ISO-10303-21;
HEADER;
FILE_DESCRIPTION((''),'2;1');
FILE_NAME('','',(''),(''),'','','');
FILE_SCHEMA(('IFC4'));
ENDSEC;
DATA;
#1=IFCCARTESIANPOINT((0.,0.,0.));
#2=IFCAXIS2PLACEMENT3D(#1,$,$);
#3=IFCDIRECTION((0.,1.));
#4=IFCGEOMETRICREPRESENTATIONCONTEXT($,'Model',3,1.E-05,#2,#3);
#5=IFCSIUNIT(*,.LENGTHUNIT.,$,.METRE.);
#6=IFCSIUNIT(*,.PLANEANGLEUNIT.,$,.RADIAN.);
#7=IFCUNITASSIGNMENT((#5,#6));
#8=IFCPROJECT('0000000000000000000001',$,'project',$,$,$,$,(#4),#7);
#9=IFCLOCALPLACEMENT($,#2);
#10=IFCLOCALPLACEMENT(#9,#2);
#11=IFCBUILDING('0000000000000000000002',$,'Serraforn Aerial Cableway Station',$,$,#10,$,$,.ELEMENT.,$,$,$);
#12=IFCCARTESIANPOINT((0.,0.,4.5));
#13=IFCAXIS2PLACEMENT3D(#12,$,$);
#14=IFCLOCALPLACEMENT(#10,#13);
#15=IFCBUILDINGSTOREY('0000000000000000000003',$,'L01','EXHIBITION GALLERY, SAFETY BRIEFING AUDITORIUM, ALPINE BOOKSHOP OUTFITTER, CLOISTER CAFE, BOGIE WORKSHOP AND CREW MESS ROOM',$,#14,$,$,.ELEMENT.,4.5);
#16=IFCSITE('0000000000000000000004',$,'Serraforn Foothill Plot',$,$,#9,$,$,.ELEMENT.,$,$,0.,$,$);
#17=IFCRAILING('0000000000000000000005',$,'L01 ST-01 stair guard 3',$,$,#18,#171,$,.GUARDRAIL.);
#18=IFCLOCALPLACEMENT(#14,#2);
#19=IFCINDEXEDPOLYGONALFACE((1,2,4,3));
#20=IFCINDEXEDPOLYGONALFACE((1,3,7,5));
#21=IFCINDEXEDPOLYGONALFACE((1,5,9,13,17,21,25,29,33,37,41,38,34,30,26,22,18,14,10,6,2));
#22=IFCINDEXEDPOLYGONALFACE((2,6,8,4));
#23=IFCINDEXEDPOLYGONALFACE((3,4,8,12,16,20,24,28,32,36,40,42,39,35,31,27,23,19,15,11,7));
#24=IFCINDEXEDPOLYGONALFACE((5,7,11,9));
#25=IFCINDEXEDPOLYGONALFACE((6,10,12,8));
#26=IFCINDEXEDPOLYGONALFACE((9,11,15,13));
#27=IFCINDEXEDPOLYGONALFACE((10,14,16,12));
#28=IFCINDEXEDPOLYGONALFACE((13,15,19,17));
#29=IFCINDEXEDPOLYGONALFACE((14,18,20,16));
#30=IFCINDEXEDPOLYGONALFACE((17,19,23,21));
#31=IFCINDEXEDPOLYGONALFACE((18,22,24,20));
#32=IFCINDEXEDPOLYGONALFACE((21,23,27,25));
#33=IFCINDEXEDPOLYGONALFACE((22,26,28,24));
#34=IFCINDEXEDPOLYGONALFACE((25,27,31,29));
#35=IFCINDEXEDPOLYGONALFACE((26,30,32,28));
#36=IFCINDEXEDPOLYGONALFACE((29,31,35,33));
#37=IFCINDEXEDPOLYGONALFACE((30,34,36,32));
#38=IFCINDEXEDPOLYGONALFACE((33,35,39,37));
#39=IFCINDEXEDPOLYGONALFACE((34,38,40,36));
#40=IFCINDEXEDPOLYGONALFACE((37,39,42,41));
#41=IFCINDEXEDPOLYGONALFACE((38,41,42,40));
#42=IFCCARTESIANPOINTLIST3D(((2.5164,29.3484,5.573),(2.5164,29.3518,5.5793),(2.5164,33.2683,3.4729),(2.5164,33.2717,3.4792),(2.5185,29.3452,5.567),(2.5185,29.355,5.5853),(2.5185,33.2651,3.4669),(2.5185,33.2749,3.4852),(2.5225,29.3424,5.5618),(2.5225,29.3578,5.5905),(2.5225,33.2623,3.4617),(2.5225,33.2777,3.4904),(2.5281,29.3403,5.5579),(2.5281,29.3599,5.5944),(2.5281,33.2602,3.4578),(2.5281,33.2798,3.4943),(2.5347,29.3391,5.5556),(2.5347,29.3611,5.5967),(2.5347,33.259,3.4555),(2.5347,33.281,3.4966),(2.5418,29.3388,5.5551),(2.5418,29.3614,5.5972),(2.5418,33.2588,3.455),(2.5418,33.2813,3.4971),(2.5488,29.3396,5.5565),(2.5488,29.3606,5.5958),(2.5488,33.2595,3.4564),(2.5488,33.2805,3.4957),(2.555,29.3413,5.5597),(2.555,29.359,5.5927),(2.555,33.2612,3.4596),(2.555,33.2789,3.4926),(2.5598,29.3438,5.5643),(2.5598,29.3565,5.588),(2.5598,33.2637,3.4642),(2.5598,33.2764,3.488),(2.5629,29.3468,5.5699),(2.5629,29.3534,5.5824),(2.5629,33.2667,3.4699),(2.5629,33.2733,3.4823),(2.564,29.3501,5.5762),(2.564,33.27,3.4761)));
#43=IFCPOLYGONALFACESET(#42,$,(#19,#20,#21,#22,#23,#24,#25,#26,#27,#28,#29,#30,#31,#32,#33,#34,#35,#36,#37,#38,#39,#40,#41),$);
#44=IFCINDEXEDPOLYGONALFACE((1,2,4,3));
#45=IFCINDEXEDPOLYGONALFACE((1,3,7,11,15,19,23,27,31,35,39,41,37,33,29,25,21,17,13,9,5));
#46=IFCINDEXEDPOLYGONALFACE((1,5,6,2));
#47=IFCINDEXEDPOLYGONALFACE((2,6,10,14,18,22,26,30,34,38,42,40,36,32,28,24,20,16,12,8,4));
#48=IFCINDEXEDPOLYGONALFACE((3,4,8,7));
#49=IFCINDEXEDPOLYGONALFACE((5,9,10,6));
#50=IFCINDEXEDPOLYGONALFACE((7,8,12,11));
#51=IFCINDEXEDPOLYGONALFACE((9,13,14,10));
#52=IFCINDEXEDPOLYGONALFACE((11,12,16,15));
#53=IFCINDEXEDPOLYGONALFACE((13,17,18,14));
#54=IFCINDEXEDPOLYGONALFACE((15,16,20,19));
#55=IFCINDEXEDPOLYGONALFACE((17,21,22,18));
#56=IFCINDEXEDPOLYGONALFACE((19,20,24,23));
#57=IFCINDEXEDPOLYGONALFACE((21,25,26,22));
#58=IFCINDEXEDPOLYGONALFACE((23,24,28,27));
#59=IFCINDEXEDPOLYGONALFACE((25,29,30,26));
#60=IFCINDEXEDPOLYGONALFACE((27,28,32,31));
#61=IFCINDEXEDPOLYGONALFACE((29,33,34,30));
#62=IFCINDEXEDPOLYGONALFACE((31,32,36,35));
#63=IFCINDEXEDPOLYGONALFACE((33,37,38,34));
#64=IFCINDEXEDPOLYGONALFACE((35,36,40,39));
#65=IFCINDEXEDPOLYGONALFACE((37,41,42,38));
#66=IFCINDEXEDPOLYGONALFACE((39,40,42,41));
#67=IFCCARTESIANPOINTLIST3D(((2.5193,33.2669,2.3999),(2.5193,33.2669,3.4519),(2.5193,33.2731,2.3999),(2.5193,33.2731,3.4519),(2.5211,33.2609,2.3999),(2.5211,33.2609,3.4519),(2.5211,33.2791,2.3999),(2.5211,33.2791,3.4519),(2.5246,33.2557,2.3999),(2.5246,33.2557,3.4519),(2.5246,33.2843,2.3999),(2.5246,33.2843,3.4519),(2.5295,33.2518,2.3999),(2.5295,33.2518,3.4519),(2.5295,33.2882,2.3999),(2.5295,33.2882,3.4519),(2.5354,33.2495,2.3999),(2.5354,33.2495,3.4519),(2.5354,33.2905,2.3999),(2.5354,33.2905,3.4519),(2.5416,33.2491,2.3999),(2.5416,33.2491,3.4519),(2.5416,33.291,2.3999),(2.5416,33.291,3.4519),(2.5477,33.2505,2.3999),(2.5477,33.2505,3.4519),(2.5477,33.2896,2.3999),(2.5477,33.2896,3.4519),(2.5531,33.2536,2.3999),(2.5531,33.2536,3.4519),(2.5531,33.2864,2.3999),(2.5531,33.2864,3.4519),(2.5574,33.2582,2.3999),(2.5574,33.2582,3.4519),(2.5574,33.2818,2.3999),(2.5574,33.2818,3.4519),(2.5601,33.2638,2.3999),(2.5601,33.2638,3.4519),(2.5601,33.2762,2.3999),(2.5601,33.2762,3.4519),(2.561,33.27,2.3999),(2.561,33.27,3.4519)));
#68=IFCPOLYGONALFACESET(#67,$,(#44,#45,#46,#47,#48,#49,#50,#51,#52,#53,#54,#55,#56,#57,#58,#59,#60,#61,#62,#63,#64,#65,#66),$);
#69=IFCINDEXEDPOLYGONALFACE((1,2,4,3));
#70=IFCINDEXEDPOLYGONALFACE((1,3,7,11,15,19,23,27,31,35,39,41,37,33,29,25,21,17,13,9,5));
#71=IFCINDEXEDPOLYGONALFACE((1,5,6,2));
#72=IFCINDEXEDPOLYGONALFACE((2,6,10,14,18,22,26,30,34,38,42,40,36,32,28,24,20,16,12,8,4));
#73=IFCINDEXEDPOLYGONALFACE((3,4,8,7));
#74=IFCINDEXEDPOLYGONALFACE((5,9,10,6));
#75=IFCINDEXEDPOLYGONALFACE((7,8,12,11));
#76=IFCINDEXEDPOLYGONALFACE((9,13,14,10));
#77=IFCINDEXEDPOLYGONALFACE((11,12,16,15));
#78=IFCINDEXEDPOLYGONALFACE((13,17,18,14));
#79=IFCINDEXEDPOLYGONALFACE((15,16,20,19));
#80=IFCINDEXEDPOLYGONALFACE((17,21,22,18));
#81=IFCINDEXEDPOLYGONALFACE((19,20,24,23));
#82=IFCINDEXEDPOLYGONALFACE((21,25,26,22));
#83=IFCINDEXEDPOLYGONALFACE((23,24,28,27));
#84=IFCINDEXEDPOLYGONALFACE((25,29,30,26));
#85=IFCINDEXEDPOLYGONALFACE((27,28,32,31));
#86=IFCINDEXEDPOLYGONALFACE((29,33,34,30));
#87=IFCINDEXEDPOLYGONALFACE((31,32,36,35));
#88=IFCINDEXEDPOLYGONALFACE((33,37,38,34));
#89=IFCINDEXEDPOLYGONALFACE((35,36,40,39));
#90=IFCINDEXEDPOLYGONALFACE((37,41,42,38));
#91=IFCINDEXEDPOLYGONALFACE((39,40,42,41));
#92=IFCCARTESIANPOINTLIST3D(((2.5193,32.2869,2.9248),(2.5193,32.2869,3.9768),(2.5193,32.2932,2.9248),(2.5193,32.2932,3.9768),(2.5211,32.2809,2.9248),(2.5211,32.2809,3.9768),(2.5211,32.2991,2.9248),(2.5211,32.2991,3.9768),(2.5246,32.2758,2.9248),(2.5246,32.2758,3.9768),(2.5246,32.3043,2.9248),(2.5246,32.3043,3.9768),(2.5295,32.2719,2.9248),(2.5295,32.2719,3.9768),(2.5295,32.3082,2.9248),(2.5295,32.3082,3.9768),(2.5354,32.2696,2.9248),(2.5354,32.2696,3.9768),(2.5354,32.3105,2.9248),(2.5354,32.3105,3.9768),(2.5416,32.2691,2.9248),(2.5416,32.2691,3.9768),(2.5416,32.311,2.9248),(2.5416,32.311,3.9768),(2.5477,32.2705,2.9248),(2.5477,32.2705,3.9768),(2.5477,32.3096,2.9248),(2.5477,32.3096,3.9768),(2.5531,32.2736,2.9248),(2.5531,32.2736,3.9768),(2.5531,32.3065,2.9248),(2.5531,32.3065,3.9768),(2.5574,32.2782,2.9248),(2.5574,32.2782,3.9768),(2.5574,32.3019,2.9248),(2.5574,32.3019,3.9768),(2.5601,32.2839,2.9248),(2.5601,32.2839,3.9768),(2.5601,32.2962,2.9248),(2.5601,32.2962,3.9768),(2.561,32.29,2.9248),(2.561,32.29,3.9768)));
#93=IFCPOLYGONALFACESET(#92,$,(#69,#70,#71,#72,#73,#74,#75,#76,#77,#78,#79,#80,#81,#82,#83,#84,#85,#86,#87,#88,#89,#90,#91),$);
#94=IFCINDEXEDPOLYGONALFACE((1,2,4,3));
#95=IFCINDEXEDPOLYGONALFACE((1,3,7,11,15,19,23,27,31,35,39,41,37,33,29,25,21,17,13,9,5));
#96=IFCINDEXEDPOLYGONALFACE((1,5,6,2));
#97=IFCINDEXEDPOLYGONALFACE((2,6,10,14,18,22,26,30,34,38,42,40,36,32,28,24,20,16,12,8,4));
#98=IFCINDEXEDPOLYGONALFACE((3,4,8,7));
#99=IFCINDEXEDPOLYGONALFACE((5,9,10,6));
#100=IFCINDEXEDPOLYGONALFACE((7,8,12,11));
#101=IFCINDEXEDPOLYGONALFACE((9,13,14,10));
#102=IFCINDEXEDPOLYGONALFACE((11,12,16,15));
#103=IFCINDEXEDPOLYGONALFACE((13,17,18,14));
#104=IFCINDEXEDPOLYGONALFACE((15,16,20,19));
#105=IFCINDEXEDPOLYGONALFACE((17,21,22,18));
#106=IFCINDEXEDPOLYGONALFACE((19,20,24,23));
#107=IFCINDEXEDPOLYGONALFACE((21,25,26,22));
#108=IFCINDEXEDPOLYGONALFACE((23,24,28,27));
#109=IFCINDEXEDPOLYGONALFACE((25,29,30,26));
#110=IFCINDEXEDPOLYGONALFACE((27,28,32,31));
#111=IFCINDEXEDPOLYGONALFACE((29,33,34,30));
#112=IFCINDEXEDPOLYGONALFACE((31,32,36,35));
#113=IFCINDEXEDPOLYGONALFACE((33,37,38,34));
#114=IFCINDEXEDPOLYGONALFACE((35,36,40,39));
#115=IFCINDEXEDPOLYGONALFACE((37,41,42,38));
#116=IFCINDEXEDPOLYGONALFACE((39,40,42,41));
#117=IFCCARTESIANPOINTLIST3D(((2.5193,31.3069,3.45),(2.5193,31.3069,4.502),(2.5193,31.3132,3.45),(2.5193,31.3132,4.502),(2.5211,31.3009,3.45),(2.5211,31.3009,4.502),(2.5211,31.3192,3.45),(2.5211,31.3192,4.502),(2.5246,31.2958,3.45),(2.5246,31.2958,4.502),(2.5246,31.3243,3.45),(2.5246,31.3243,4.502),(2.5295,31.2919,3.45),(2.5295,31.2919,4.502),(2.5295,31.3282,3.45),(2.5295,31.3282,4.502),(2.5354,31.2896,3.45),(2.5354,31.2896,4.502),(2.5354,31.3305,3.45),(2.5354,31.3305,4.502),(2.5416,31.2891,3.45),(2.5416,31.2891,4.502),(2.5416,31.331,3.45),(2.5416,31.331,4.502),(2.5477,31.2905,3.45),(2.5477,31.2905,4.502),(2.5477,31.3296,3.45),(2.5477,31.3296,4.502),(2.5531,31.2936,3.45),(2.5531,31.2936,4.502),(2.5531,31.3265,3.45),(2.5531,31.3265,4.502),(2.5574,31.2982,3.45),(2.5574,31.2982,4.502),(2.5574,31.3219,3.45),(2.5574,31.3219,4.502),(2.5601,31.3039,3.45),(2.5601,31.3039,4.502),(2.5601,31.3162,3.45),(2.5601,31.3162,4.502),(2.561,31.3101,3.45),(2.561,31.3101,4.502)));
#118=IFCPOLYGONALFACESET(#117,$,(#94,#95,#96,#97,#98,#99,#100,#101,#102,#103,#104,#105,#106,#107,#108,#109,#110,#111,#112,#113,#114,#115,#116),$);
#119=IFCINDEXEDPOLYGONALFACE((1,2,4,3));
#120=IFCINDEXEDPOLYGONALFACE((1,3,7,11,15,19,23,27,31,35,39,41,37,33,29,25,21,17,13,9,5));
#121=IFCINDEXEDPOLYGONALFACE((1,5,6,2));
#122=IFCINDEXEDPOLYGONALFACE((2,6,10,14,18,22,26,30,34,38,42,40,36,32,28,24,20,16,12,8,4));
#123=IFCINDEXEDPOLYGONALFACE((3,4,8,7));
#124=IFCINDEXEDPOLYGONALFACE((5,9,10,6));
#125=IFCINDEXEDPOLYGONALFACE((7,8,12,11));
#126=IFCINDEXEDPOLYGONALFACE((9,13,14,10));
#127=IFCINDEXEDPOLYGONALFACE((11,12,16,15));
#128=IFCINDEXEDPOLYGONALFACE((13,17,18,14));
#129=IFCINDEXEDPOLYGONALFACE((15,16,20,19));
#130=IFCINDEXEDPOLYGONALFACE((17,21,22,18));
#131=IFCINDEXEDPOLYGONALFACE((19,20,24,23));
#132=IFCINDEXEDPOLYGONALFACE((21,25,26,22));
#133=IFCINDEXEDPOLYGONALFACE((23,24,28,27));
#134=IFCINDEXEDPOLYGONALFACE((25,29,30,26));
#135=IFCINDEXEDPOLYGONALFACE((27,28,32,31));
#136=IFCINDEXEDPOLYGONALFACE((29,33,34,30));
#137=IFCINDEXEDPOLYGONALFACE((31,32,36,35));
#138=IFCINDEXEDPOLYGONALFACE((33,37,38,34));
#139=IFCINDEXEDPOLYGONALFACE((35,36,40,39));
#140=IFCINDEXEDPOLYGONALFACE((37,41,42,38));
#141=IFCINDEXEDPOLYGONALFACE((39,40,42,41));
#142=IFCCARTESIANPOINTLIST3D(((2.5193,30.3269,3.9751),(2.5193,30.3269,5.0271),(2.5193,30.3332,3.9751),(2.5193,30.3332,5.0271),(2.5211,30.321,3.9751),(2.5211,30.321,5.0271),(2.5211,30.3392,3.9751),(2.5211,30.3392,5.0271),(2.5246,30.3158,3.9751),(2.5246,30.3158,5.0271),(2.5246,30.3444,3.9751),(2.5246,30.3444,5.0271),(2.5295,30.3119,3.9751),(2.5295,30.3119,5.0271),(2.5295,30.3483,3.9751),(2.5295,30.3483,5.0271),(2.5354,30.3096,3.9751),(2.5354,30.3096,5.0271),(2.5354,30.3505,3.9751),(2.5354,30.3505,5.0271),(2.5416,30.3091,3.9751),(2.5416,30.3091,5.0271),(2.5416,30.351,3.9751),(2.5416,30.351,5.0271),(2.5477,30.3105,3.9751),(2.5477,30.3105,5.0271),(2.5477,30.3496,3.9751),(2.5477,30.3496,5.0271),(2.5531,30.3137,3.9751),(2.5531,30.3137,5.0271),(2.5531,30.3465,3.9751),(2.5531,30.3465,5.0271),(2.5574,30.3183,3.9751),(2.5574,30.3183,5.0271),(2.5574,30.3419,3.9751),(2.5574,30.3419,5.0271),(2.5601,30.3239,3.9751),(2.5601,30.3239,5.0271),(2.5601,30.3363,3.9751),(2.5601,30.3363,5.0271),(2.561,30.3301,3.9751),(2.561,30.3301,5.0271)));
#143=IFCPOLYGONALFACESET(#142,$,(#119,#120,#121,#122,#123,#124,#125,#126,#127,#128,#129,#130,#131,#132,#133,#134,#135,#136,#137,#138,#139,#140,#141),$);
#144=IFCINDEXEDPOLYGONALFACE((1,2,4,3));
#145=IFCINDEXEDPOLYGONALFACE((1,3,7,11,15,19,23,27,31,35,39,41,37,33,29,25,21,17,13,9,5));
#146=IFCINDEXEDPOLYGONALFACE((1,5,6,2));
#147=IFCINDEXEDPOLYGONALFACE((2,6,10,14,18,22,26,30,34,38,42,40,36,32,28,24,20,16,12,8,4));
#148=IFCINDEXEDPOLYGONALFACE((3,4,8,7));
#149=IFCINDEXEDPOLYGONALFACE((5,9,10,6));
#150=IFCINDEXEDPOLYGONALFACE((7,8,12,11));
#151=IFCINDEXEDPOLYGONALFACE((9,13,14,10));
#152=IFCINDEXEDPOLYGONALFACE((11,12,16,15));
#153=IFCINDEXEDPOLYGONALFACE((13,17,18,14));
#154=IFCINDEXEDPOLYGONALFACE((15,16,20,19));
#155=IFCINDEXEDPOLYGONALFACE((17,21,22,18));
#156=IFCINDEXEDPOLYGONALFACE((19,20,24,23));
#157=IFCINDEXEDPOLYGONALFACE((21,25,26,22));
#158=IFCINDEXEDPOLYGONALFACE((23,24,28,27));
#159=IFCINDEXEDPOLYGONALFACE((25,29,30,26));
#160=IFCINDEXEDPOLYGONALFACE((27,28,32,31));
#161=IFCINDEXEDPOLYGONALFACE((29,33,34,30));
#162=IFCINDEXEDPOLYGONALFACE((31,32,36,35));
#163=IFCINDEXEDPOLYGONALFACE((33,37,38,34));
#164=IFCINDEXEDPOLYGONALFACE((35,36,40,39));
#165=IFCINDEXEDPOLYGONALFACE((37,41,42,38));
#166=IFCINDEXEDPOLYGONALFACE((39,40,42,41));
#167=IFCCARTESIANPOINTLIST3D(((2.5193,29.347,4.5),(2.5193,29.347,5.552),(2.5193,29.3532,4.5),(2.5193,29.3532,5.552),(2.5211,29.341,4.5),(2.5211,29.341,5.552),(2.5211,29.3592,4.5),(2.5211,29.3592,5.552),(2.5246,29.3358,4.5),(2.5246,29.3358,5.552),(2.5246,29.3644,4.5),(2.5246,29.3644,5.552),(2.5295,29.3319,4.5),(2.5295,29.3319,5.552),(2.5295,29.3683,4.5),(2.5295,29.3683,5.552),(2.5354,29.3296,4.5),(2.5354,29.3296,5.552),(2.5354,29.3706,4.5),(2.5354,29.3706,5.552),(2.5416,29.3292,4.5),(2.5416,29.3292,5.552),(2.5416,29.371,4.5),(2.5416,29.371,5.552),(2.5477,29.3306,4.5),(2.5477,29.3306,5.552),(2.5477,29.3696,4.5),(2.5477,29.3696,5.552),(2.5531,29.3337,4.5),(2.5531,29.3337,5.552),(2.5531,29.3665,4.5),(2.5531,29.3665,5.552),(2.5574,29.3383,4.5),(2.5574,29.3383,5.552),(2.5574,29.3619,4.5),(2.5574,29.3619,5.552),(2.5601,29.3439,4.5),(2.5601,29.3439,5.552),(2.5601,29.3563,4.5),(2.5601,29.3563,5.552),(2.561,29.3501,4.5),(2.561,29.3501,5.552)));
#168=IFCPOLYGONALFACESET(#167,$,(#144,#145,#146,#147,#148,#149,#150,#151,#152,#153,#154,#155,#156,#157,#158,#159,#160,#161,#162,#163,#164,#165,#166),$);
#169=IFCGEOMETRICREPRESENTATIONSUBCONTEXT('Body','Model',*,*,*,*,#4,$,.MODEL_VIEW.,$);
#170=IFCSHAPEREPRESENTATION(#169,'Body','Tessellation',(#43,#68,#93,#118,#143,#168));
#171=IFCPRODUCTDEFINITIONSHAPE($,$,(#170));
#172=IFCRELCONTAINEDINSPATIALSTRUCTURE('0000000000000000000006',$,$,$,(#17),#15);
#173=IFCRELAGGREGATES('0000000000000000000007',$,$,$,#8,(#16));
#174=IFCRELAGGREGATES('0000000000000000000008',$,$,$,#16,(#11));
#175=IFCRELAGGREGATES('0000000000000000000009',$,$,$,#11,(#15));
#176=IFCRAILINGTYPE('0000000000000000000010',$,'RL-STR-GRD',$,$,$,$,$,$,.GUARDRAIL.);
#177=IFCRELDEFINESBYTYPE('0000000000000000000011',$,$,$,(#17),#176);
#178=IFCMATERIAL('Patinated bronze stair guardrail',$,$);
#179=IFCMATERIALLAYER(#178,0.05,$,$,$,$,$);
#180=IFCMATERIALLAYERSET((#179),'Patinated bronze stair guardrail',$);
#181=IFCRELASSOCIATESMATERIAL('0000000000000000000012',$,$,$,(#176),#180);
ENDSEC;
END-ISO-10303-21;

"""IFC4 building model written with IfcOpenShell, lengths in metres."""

from ifc_helpers import new_model, si_unit, direction, frame, origin, origin_2d, place, context, subcontext, project, spatial, circle, extrude, material, layer, layer_set, type_object, element, save


model = new_model("IFC4")

# Units and contexts
model_context = context("Model", 3, precision=1e-05, world=origin(), true_north=direction((0.0, 1.0)))
body_context = subcontext(model_context, "Body", "Model", "MODEL_VIEW")
ifc_project = project(units=[si_unit("LENGTHUNIT", "METRE"), si_unit("PLANEANGLEUNIT", "RADIAN")], contexts=[model_context])

# Site, building, storey
site_placement = place(None, origin())
site = spatial("IfcSite", under=ifc_project, at=site_placement, Name="Serraforn Foothill Plot", CompositionType="ELEMENT", RefElevation=0.0)
building_placement = place(site_placement, origin())
building = spatial("IfcBuilding", under=site, at=building_placement, Name="Serraforn Aerial Cableway Station", CompositionType="ELEMENT")
storey_placement = place(building_placement, frame((0.0, 0.0, 4.5)))
storey = spatial("IfcBuildingStorey", under=building, at=storey_placement, Name="L01", Description="EXHIBITION GALLERY, SAFETY BRIEFING AUDITORIUM, ALPINE BOOKSHOP OUTFITTER, CLOISTER CAFE, BOGIE WORKSHOP AND CREW MESS ROOM", CompositionType="ELEMENT", Elevation=4.5)

# Railing
ifc_material_1 = material(Name="Patinated bronze stair guardrail")
ifc_layer_1 = layer(ifc_material_1, 0.05)
ifc_layer_set_1 = layer_set([ifc_layer_1], Name="Patinated bronze stair guardrail")
railing_type_1 = type_object("IfcRailingType", Name="RL-STR-GRD", PredefinedType="GUARDRAIL", material=ifc_layer_set_1)
railing_1_placement = place(storey_placement, frame((2.54, 33.27, 2.3999)))
element("IfcRailing", 1, at=railing_1_placement, inside=storey, type_object=railing_type_1, Name="L01 ST-01 stair guard 3", PredefinedType="GUARDRAIL", context=body_context, shape_type="SweptSolid", body=[
    extrude(circle(Radius=0.0239, at=origin_2d()), frame((0.0, 0.0, 1.0762), z_axis=(0.0, -0.881467, 0.472246), x_axis=(1.0, 0.0, 0.0)), (0.0, 0.0, 1.0), 4.447),
    extrude(circle(Radius=0.021, at=origin_2d()), origin(), (0.0, 0.0, 1.0), 1.052),
    extrude(circle(Radius=0.021, at=origin_2d()), frame((0.0, -0.98, 0.5249)), (0.0, 0.0, 1.0), 1.052),
    extrude(circle(Radius=0.021, at=origin_2d()), frame((0.0, -1.96, 1.05)), (0.0, 0.0, 1.0), 1.052),
    extrude(circle(Radius=0.021, at=origin_2d()), frame((0.0, -2.9399, 1.5752)), (0.0, 0.0, 1.0), 1.052),
    extrude(circle(Radius=0.021, at=origin_2d()), frame((0.0, -3.9199, 2.1001)), (0.0, 0.0, 1.0), 1.052),
])

save(model, "model.ifc")
